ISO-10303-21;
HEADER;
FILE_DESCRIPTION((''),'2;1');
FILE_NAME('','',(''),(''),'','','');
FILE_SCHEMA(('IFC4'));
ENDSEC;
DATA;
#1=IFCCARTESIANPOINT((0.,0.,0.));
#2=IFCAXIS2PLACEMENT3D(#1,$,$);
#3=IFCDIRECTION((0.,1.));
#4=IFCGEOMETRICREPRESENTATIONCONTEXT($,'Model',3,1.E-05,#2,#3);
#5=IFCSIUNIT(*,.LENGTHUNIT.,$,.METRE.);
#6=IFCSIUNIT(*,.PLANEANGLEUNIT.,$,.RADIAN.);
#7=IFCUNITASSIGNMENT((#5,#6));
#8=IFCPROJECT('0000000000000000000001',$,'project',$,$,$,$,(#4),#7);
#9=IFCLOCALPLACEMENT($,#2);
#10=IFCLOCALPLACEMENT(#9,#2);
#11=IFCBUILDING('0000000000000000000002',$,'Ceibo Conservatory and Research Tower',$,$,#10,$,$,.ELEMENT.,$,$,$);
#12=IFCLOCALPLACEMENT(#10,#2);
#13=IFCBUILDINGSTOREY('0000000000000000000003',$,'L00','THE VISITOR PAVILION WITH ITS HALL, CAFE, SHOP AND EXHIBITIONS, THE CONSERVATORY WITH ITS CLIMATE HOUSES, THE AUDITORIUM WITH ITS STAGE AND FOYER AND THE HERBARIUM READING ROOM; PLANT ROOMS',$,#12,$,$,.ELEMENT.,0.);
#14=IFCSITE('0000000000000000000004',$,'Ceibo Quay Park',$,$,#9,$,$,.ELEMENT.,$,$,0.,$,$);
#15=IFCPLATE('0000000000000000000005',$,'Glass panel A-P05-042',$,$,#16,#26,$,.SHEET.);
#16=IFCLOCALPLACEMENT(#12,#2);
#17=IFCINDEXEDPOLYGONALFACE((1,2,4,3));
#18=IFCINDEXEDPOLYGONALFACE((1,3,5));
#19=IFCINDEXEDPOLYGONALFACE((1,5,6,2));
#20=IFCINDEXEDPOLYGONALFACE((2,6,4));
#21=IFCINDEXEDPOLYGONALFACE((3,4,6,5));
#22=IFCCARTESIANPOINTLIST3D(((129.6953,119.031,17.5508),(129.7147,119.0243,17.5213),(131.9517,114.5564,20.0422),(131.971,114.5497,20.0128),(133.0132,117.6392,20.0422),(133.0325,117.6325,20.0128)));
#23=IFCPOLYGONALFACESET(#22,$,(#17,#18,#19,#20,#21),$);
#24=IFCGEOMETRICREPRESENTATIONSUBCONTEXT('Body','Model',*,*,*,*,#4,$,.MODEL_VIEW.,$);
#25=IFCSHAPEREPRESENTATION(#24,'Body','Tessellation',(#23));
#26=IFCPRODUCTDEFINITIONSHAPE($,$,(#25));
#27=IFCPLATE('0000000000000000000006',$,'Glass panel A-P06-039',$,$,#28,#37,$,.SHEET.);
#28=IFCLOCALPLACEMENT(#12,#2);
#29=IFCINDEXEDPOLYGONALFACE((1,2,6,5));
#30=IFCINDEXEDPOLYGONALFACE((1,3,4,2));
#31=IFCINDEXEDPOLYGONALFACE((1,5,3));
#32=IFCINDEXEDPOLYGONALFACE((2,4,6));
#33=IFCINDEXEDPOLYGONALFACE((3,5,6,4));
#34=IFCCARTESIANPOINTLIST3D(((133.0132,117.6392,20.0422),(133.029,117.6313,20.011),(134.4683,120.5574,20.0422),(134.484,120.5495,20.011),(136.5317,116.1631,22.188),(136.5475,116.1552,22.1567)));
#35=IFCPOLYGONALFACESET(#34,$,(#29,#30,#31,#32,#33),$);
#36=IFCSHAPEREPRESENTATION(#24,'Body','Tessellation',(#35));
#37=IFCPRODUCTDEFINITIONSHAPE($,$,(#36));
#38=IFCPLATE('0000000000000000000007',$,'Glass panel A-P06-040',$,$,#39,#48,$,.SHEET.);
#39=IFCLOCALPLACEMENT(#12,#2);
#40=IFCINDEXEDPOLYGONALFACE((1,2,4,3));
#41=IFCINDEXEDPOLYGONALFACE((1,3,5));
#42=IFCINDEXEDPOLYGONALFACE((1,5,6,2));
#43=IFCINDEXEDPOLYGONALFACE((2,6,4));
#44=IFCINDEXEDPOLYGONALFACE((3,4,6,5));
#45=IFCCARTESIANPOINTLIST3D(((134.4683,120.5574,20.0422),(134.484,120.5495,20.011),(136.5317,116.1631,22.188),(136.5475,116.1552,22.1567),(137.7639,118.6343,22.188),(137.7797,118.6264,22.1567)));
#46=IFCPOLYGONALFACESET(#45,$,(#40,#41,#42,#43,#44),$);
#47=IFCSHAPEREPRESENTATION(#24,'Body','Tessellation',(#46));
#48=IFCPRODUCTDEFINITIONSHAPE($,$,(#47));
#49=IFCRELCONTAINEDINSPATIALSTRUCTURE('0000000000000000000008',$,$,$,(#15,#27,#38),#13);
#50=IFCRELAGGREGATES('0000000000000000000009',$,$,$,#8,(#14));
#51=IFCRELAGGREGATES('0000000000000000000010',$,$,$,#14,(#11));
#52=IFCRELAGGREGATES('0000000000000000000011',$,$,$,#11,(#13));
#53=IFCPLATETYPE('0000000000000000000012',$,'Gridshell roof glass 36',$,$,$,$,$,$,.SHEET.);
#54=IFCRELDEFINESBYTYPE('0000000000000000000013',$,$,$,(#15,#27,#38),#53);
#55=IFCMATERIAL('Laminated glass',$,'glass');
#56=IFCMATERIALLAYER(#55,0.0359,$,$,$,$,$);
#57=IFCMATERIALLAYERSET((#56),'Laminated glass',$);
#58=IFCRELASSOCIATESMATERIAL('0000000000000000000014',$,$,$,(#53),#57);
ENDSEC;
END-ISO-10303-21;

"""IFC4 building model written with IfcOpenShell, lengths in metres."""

from ifc_helpers import new_model, si_unit, direction, frame, origin, place, context, subcontext, project, spatial, polyline, outline, extrude, material, layer, layer_set, type_object, element, save


model = new_model("IFC4")

# Units and contexts
model_context = context("Model", 3, precision=1e-05, world=origin(), true_north=direction((0.0, 1.0)))
body_context = subcontext(model_context, "Body", "Model", "MODEL_VIEW")
ifc_project = project(units=[si_unit("LENGTHUNIT", "METRE"), si_unit("PLANEANGLEUNIT", "RADIAN")], contexts=[model_context])

# Site, building, storey
site_placement = place(None, origin())
site = spatial("IfcSite", under=ifc_project, at=site_placement, Name="Ceibo Quay Park", CompositionType="ELEMENT", RefElevation=0.0)
building_placement = place(site_placement, origin())
building = spatial("IfcBuilding", under=site, at=building_placement, Name="Ceibo Conservatory and Research Tower", CompositionType="ELEMENT")
storey_placement = place(building_placement, origin())
storey = spatial("IfcBuildingStorey", under=building, at=storey_placement, Name="L00", Description="THE VISITOR PAVILION WITH ITS HALL, CAFE, SHOP AND EXHIBITIONS, THE CONSERVATORY WITH ITS CLIMATE HOUSES, THE AUDITORIUM WITH ITS STAGE AND FOYER AND THE HERBARIUM READING ROOM; PLANT ROOMS", CompositionType="ELEMENT", Elevation=0.0)

# Plates
ifc_material_1 = material(Name="Laminated glass", Category="glass")
ifc_layer = layer(ifc_material_1, 0.0359)
ifc_layer_set = layer_set([ifc_layer], Name="Laminated glass")
plate_type = type_object("IfcPlateType", Name="Gridshell roof glass 36", PredefinedType="SHEET", material=ifc_layer_set)
plate_1_placement = place(storey_placement, frame((129.6953, 119.031, 17.5508), z_axis=(-0.539058, 0.18562, 0.82156), x_axis=(0.403173, -0.79954, 0.445183)))
element("IfcPlate", 1, at=plate_1_placement, inside=storey, type_object=plate_type, Name="Glass panel A-P05-042", PredefinedType="SHEET", context=body_context, shape_type="SweptSolid", body=[
    extrude(outline(polyline([(0.0, 0.0), (5.5965, 0.0), (3.5597, 2.5459), (0.0, 0.0)])), origin(), (0.0, 0.0, -1.0), 0.0359),
])
plate_2_placement = place(storey_placement, frame((134.4683, 120.5574, 20.0422), z_axis=(-0.439373, 0.21908, 0.87118), x_axis=(-0.446225, -0.894921, 0.0)))
element("IfcPlate", 2, at=plate_2_placement, inside=storey, type_object=plate_type, Name="Glass panel A-P06-039", PredefinedType="SHEET", context=body_context, shape_type="SweptSolid", body=[
    extrude(outline(polyline([(0.0, 0.0), (3.2609, 0.0), (3.0118, 4.3705), (0.0, 0.0)])), origin(), (0.0, 0.0, -1.0), 0.0359),
])
plate_3_placement = place(storey_placement, frame((134.4683, 120.5574, 20.0422), z_axis=(-0.439374, 0.219079, 0.87118), x_axis=(0.388769, -0.827904, 0.40427)))
element("IfcPlate", 3, at=plate_3_placement, inside=storey, type_object=plate_type, Name="Glass panel A-P06-040", PredefinedType="SHEET", context=body_context, shape_type="SweptSolid", body=[
    extrude(outline(polyline([(0.0, 0.0), (5.3077, 0.0), (3.7408, 2.2738), (0.0, 0.0)])), origin(), (0.0, 0.0, -1.0), 0.0359),
])

save(model, "model.ifc")
